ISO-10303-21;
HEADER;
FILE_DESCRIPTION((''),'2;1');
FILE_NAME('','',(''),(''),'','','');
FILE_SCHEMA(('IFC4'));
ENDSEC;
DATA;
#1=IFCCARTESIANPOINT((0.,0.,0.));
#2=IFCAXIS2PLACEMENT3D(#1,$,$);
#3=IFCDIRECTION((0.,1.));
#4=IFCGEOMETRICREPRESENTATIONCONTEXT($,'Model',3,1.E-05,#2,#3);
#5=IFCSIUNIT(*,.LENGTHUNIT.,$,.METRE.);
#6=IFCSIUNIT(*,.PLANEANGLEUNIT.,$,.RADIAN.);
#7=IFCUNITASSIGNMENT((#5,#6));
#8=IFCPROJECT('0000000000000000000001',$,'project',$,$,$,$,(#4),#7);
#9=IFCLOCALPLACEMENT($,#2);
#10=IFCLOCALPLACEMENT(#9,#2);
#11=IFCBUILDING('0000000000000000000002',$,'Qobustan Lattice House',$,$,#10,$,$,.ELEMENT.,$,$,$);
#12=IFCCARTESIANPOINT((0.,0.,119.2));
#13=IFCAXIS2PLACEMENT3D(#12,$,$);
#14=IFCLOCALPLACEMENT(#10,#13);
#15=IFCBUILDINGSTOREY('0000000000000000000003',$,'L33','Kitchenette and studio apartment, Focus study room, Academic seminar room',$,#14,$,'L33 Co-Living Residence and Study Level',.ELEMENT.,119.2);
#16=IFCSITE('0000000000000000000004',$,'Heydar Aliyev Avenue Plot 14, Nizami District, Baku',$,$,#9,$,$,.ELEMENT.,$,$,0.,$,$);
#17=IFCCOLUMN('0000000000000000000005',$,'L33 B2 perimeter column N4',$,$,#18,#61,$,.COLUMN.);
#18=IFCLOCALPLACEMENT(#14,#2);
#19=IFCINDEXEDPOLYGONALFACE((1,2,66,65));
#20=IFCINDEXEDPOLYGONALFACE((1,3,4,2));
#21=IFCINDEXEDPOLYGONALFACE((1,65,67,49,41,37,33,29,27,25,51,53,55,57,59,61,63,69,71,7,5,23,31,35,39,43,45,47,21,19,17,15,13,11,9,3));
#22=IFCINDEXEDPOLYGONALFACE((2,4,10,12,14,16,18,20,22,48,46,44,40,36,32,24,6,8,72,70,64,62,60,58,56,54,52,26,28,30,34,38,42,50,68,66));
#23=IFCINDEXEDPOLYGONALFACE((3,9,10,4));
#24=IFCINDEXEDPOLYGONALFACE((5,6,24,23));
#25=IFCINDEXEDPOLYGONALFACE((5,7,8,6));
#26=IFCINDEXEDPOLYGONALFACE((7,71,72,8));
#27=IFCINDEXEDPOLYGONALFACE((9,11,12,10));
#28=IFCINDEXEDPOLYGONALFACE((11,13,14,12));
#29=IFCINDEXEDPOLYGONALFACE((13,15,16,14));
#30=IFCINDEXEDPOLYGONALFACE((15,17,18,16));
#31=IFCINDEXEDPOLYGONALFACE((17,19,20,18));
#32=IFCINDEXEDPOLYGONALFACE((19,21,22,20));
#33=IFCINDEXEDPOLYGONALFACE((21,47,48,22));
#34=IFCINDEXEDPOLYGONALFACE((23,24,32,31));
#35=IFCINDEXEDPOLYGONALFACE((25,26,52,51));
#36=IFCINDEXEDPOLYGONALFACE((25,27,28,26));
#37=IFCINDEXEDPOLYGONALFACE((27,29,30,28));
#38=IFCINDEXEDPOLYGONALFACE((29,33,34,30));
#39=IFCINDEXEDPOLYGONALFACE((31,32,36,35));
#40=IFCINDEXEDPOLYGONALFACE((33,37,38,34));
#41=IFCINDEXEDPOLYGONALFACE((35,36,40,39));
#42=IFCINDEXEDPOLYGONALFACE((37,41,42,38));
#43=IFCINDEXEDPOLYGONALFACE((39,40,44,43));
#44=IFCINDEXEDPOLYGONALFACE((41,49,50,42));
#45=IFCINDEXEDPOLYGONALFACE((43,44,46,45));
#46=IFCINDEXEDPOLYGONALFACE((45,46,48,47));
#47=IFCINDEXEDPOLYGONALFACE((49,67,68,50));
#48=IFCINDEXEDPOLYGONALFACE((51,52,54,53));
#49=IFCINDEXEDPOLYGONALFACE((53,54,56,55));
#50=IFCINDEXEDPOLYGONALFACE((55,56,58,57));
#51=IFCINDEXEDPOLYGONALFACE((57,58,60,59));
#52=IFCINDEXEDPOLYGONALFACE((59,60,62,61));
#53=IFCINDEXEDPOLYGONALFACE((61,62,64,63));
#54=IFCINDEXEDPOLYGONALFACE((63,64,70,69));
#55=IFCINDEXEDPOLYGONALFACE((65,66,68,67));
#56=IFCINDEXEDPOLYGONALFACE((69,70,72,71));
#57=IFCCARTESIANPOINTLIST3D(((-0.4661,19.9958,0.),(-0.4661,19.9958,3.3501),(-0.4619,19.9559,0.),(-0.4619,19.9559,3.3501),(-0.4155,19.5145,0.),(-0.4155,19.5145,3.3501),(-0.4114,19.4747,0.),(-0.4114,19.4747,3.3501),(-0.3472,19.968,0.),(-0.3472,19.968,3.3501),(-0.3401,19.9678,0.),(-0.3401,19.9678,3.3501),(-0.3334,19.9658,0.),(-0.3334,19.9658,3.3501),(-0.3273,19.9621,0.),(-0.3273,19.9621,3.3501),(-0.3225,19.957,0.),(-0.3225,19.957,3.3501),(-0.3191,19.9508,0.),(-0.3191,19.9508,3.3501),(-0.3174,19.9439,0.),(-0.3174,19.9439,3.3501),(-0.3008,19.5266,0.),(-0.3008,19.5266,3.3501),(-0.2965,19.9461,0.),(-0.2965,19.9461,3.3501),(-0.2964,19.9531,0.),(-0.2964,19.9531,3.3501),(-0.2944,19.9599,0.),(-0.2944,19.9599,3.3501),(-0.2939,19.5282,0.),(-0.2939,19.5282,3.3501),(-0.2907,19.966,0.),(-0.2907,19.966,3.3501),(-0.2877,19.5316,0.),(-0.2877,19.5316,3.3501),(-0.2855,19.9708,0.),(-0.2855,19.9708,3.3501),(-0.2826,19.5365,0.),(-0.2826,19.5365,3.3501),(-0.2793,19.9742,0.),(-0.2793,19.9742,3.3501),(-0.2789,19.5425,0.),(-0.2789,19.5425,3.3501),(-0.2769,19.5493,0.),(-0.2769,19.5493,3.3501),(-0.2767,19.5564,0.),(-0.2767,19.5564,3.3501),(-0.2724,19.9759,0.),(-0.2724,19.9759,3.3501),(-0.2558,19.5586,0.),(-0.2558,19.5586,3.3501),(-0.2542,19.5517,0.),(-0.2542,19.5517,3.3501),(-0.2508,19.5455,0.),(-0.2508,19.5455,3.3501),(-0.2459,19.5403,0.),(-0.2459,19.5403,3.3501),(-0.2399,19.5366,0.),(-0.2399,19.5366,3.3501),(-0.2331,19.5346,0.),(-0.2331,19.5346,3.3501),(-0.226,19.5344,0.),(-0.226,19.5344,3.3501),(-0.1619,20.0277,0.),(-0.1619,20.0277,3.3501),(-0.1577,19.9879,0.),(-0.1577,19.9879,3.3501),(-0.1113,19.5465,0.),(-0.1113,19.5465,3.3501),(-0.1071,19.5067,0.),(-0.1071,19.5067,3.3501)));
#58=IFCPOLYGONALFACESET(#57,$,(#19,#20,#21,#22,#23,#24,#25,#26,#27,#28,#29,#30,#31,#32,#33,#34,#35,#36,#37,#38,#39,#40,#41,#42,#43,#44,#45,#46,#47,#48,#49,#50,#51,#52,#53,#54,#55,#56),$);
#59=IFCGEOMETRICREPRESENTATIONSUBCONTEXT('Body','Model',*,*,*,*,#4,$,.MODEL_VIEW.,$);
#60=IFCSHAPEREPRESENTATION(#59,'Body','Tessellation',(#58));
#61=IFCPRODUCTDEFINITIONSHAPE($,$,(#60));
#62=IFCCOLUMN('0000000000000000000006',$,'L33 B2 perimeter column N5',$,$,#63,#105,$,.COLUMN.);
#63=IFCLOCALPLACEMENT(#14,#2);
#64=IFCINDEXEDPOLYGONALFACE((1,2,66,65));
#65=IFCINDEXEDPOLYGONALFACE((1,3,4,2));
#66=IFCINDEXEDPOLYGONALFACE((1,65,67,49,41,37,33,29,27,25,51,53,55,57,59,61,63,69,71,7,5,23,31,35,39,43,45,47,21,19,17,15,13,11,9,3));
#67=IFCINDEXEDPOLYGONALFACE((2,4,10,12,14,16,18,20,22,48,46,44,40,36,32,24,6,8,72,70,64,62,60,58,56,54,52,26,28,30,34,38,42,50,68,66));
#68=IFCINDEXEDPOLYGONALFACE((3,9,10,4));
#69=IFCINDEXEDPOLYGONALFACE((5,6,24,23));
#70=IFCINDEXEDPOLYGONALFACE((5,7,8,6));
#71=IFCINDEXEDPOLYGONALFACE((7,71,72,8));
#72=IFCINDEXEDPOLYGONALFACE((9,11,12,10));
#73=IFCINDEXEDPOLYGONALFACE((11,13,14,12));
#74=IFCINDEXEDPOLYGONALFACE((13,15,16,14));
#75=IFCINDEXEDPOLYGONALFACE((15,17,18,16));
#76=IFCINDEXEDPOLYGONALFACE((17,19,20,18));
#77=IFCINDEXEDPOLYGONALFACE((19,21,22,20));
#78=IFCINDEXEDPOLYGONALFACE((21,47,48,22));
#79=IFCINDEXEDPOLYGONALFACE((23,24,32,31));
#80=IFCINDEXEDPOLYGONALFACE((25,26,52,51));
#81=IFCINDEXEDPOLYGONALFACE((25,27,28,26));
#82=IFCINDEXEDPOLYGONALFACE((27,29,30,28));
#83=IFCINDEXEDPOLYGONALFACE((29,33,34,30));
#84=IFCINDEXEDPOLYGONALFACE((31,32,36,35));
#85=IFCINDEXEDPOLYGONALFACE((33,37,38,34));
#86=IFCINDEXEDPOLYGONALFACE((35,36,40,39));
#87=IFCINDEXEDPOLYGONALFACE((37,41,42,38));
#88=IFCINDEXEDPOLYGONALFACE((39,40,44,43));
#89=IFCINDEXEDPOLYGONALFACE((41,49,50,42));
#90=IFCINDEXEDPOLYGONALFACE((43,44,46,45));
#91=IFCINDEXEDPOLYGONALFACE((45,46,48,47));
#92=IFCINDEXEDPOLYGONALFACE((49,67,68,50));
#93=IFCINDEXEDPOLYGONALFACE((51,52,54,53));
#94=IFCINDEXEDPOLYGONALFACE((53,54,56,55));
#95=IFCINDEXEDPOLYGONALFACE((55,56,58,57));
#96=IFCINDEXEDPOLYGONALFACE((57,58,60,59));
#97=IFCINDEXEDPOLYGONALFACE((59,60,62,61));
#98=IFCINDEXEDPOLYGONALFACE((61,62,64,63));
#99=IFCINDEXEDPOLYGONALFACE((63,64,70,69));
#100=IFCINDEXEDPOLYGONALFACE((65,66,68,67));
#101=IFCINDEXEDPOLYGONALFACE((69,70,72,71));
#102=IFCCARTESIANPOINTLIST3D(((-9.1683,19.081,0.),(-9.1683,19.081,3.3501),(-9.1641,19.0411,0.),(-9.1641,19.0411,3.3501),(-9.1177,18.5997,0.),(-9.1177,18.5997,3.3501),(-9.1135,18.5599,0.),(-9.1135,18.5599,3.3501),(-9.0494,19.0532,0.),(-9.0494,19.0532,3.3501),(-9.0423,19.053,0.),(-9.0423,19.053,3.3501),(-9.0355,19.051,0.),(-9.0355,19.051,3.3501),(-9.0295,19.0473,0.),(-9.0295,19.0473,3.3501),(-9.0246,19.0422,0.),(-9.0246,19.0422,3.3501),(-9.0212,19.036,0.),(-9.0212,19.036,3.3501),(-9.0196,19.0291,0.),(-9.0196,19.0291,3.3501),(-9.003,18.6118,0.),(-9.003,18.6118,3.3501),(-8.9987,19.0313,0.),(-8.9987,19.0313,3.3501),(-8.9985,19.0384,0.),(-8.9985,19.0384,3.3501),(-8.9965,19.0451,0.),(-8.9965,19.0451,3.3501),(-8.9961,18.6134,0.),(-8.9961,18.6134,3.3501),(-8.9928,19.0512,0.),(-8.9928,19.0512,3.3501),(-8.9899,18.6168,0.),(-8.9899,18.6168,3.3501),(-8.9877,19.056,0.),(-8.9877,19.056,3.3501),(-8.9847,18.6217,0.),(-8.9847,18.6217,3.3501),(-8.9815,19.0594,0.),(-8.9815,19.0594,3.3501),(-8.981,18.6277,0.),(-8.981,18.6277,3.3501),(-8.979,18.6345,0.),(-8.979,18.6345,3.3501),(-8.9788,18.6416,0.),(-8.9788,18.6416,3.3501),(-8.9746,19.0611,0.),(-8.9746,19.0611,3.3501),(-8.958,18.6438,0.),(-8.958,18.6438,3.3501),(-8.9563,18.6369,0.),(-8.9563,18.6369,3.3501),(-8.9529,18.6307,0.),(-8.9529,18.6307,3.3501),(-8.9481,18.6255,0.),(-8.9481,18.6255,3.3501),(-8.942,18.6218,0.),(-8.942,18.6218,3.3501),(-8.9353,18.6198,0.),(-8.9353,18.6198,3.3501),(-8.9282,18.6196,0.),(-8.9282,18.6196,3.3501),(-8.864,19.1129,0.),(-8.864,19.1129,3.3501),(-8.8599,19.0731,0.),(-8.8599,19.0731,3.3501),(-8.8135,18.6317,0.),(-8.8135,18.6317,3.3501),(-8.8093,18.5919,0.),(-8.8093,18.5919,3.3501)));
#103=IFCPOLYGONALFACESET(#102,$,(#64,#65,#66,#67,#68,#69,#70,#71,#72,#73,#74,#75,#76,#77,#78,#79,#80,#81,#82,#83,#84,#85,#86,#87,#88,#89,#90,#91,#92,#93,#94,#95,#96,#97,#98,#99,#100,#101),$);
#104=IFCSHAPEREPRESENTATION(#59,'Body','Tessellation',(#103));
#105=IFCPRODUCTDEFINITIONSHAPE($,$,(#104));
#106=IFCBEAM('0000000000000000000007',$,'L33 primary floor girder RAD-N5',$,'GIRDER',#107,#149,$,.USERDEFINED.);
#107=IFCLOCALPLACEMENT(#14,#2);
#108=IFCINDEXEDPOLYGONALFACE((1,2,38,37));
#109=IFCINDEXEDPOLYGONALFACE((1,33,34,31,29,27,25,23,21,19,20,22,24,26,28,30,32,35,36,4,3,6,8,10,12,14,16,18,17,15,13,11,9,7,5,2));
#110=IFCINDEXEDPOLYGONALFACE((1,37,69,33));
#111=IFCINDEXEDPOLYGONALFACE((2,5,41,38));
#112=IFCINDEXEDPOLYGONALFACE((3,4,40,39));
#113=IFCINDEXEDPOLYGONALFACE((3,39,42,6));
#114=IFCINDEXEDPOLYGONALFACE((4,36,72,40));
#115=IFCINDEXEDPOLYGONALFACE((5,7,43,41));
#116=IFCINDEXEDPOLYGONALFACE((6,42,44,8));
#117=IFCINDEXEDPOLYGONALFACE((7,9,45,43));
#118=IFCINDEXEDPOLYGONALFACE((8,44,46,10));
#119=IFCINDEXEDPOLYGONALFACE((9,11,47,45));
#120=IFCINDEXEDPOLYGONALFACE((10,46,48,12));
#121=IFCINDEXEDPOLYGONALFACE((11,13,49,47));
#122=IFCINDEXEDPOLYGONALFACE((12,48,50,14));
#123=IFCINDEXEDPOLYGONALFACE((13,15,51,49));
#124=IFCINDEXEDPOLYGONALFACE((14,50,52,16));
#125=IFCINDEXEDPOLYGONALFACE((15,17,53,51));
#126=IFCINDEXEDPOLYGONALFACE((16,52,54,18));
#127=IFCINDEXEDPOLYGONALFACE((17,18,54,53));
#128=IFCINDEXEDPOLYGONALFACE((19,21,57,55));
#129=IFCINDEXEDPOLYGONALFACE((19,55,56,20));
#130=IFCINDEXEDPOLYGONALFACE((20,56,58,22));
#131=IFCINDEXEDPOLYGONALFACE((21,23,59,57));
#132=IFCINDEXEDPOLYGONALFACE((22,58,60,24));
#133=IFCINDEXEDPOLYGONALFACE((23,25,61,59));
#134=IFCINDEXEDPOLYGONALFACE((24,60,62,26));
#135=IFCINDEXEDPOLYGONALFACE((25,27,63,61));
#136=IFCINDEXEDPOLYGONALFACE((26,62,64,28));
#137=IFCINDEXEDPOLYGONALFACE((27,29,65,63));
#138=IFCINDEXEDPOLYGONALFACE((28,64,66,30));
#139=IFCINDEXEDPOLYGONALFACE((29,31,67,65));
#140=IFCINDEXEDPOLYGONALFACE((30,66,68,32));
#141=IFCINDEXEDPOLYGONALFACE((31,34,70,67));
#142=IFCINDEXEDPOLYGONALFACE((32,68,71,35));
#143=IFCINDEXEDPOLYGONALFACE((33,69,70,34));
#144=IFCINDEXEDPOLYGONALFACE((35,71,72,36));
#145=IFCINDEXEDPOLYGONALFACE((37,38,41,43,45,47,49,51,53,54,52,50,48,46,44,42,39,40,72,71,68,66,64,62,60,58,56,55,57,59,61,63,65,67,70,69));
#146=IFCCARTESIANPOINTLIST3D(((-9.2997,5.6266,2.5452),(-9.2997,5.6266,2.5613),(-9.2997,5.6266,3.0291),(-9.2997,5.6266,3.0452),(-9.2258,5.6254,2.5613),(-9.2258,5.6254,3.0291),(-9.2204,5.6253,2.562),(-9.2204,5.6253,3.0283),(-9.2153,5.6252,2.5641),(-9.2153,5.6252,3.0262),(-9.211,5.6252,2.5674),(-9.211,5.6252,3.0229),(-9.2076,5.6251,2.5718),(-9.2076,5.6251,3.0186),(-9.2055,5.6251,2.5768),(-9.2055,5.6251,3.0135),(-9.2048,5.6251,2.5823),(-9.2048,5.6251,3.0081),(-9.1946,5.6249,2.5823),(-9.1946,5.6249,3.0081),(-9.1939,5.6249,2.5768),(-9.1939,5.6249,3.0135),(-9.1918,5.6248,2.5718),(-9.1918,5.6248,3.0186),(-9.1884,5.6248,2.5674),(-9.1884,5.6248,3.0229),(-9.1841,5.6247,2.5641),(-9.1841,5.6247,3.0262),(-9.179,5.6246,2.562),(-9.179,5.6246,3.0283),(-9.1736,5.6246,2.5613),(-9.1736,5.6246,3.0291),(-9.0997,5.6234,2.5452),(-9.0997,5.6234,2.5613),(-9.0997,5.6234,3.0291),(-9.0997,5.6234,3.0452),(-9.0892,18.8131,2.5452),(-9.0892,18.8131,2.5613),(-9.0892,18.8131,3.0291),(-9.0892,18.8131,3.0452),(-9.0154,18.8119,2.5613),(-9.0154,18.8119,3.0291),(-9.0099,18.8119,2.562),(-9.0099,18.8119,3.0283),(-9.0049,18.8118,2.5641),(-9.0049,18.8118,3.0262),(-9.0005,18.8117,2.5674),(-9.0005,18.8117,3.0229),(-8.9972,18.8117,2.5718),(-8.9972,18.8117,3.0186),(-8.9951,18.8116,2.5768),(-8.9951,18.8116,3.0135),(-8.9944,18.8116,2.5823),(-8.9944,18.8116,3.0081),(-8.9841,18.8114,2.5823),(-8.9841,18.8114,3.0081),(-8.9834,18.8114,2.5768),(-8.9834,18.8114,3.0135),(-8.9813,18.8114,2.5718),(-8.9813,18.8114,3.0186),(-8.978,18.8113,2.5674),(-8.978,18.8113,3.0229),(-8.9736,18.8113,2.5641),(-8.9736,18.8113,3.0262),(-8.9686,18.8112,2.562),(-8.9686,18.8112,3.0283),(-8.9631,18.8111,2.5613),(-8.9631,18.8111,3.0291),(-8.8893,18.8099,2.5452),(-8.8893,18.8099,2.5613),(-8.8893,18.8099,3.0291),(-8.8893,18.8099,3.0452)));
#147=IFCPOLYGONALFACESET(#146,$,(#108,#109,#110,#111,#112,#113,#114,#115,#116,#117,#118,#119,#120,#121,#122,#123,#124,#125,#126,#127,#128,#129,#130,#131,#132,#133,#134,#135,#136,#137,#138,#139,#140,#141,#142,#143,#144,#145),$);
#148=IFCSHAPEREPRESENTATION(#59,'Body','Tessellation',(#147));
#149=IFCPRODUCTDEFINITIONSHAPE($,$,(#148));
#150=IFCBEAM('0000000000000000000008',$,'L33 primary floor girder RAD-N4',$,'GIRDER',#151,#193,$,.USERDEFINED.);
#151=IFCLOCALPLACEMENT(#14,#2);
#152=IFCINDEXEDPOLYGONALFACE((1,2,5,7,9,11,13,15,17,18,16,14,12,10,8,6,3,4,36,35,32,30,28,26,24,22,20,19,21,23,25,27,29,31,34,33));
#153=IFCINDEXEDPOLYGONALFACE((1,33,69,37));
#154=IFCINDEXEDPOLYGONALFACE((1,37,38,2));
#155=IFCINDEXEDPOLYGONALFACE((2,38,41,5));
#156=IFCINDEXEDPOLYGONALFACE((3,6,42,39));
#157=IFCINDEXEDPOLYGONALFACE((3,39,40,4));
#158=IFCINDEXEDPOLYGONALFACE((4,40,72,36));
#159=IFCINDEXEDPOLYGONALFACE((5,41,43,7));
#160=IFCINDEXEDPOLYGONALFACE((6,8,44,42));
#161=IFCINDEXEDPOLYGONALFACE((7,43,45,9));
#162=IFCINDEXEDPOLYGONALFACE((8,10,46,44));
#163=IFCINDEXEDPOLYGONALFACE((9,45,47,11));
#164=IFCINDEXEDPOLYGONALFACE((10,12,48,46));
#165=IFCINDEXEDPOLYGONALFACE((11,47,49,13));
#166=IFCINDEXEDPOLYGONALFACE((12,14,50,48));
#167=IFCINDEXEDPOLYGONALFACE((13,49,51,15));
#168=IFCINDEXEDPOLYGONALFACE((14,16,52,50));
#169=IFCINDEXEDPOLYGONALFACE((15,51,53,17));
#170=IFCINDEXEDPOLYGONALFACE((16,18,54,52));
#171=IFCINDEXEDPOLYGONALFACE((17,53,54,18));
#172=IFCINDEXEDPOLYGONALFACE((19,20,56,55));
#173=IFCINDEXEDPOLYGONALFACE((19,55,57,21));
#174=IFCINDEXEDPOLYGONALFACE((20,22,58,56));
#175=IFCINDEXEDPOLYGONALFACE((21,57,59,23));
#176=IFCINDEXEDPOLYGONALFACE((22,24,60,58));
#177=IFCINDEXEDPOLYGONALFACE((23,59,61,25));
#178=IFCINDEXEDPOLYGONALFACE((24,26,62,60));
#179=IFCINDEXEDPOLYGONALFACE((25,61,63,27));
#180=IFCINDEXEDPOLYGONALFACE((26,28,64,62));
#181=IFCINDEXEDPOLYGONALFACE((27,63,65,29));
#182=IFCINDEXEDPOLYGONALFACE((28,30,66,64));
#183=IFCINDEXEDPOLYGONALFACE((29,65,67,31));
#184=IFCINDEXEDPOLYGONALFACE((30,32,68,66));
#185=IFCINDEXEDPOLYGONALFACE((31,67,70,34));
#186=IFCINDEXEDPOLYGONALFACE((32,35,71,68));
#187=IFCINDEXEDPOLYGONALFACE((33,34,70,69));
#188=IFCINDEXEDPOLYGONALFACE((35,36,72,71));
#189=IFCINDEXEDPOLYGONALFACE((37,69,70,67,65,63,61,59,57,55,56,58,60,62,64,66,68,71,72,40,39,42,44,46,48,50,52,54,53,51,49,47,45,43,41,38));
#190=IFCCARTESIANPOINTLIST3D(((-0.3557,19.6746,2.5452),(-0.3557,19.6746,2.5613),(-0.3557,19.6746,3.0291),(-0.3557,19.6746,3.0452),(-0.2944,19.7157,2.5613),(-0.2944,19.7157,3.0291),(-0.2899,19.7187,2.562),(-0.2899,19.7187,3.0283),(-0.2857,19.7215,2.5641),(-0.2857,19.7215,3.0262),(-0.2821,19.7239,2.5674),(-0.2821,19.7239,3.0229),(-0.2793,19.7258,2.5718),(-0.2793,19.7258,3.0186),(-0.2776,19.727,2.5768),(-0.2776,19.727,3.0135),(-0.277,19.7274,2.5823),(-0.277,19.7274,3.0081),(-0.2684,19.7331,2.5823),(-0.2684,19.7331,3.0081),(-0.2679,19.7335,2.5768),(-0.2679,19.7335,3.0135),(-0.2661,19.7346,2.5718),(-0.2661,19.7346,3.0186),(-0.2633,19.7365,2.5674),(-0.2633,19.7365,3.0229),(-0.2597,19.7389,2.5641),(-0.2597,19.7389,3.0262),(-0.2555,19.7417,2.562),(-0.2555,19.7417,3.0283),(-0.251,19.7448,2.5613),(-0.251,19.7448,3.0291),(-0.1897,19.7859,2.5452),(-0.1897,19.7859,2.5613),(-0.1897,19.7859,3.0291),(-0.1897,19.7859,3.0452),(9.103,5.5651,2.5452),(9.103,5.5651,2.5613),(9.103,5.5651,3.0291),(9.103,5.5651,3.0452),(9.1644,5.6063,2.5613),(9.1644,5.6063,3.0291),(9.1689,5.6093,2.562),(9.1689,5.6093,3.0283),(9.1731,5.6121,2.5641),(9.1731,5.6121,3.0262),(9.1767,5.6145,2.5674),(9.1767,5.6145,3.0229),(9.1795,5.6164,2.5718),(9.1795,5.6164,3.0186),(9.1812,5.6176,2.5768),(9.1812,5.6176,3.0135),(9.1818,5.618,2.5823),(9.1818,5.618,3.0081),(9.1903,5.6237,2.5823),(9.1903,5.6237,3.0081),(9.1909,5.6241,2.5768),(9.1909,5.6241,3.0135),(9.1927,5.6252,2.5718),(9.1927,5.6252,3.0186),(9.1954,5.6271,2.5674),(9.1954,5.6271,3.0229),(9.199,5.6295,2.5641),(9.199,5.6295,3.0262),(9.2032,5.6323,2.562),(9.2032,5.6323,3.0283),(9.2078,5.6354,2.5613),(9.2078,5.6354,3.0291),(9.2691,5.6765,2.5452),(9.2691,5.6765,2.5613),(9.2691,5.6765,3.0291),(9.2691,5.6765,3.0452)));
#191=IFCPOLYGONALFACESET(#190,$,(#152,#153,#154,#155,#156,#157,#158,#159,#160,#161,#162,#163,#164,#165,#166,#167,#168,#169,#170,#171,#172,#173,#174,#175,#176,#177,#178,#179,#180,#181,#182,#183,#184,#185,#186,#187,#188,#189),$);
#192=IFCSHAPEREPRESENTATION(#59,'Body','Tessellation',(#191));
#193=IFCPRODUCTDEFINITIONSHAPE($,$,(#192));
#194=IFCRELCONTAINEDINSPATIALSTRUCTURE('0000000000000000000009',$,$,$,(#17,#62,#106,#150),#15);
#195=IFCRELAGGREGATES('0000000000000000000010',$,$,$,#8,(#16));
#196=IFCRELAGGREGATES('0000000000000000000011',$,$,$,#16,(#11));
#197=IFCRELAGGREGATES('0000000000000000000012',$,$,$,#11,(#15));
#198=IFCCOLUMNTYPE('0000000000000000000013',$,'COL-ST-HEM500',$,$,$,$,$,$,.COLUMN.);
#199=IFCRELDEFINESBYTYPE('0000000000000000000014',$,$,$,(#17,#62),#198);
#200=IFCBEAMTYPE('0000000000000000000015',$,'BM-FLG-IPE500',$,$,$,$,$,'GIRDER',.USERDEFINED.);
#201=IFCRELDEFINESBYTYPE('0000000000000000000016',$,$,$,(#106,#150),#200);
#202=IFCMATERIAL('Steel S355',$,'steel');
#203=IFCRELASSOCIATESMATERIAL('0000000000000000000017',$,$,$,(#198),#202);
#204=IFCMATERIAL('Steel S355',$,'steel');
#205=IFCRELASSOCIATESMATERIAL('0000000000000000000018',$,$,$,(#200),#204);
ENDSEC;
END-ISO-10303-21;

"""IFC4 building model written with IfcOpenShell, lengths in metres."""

from ifc_helpers import new_model, si_unit, direction, frame, origin, origin_2d, place, context, subcontext, project, spatial, i_section, extrude, material, material_profile, profile_set, type_object, element, save


model = new_model("IFC4")

# Units and contexts
model_context = context("Model", 3, precision=1e-05, world=origin(), true_north=direction((0.0, 1.0)))
body_context = subcontext(model_context, "Body", "Model", "MODEL_VIEW")
ifc_project = project(units=[si_unit("LENGTHUNIT", "METRE"), si_unit("PLANEANGLEUNIT", "RADIAN")], contexts=[model_context])

# Site, building, storey
site_placement = place(None, origin())
site = spatial("IfcSite", under=ifc_project, at=site_placement, Name="Heydar Aliyev Avenue Plot 14, Nizami District, Baku", CompositionType="ELEMENT", RefElevation=0.0)
building_placement = place(site_placement, origin())
building = spatial("IfcBuilding", under=site, at=building_placement, Name="Qobustan Lattice House", CompositionType="ELEMENT")
storey_placement = place(building_placement, frame((0.0, 0.0, 119.2)))
storey = spatial("IfcBuildingStorey", under=building, at=storey_placement, Name="L33", Description="Kitchenette and studio apartment, Focus study room, Academic seminar room", LongName="L33 Co-Living Residence and Study Level", CompositionType="ELEMENT", Elevation=119.2)

# Columns
ifc_material_1 = material(Name="Steel S355", Category="steel")
ifc_material_profile_1 = material_profile(ifc_material_1, i_section(OverallWidth=0.3059, OverallDepth=0.5239, WebThickness=0.021, FlangeThickness=0.04, FilletRadius=0.0271, at=origin_2d()), Name="HEM500")
ifc_profile_set_1 = profile_set([ifc_material_profile_1], Name="Steel S355")
column_type = type_object("IfcColumnType", Name="COL-ST-HEM500", PredefinedType="COLUMN", material=ifc_profile_set_1)
for number, where, z_axis, x_axis, name in (
    (1, (-0.2866, 19.7512, 0.0), (0.0, 0.0, 1.0), (0.994522, 0.104528, 0.0), "L33 B2 perimeter column N4"),
    (2, (-8.9888, 18.8364, 0.0), (0.0, 0.0, 1.0), (0.994522, 0.104528, 0.0), "L33 B2 perimeter column N5"),
):
    element("IfcColumn", number, at=place(storey_placement, frame(where, z_axis=z_axis, x_axis=x_axis)), inside=storey, type_object=column_type, Name=name, PredefinedType="COLUMN", context=body_context, shape_type="SweptSolid", body=[
        extrude(i_section(OverallWidth=0.3059, OverallDepth=0.5239, WebThickness=0.021, FlangeThickness=0.04, FilletRadius=0.0271, at=origin_2d()), origin(), (0.0, 0.0, 1.0), 3.3501),
    ])

# Beams
ifc_material_2 = material(Name="Steel S355", Category="steel")
ifc_material_profile_2 = material_profile(ifc_material_2, i_section(OverallWidth=0.2, OverallDepth=0.5, WebThickness=0.0103, FlangeThickness=0.0161, FilletRadius=0.021, at=origin_2d()), Name="IPE500")
ifc_profile_set_2 = profile_set([ifc_material_profile_2], Name="Steel S355")
beam_type_1 = type_object("IfcBeamType", Name="BM-FLG-IPE500", ElementType="GIRDER", PredefinedType="USERDEFINED", material=ifc_profile_set_2)
beam_1_placement = place(storey_placement, frame((-8.9893, 18.8115, 2.7952), z_axis=(-0.015957, -0.999873, 0.0), x_axis=(0.999873, -0.015957, 0.0)))
element("IfcBeam", 3, at=beam_1_placement, inside=storey, type_object=beam_type_1, Name="L33 primary floor girder RAD-N5", ObjectType="GIRDER", PredefinedType="USERDEFINED", context=body_context, shape_type="SweptSolid", body=[
    extrude(i_section(OverallWidth=0.2, OverallDepth=0.5, WebThickness=0.0103, FlangeThickness=0.0161, FilletRadius=0.021, at=origin_2d()), origin(), (0.0, 0.0, 1.0), 13.1882),
])
beam_2_placement = place(storey_placement, frame((-0.2727, 19.7302, 2.7952), z_axis=(0.556838, -0.830621, 0.0), x_axis=(0.830621, 0.556838, 0.0)))
element("IfcBeam", 4, at=beam_2_placement, inside=storey, type_object=beam_type_1, Name="L33 primary floor girder RAD-N4", ObjectType="GIRDER", PredefinedType="USERDEFINED", context=body_context, shape_type="SweptSolid", body=[
    extrude(i_section(OverallWidth=0.2, OverallDepth=0.5, WebThickness=0.0103, FlangeThickness=0.0161, FilletRadius=0.021, at=origin_2d()), origin(), (0.0, 0.0, 1.0), 16.9866),
])

save(model, "model.ifc")
